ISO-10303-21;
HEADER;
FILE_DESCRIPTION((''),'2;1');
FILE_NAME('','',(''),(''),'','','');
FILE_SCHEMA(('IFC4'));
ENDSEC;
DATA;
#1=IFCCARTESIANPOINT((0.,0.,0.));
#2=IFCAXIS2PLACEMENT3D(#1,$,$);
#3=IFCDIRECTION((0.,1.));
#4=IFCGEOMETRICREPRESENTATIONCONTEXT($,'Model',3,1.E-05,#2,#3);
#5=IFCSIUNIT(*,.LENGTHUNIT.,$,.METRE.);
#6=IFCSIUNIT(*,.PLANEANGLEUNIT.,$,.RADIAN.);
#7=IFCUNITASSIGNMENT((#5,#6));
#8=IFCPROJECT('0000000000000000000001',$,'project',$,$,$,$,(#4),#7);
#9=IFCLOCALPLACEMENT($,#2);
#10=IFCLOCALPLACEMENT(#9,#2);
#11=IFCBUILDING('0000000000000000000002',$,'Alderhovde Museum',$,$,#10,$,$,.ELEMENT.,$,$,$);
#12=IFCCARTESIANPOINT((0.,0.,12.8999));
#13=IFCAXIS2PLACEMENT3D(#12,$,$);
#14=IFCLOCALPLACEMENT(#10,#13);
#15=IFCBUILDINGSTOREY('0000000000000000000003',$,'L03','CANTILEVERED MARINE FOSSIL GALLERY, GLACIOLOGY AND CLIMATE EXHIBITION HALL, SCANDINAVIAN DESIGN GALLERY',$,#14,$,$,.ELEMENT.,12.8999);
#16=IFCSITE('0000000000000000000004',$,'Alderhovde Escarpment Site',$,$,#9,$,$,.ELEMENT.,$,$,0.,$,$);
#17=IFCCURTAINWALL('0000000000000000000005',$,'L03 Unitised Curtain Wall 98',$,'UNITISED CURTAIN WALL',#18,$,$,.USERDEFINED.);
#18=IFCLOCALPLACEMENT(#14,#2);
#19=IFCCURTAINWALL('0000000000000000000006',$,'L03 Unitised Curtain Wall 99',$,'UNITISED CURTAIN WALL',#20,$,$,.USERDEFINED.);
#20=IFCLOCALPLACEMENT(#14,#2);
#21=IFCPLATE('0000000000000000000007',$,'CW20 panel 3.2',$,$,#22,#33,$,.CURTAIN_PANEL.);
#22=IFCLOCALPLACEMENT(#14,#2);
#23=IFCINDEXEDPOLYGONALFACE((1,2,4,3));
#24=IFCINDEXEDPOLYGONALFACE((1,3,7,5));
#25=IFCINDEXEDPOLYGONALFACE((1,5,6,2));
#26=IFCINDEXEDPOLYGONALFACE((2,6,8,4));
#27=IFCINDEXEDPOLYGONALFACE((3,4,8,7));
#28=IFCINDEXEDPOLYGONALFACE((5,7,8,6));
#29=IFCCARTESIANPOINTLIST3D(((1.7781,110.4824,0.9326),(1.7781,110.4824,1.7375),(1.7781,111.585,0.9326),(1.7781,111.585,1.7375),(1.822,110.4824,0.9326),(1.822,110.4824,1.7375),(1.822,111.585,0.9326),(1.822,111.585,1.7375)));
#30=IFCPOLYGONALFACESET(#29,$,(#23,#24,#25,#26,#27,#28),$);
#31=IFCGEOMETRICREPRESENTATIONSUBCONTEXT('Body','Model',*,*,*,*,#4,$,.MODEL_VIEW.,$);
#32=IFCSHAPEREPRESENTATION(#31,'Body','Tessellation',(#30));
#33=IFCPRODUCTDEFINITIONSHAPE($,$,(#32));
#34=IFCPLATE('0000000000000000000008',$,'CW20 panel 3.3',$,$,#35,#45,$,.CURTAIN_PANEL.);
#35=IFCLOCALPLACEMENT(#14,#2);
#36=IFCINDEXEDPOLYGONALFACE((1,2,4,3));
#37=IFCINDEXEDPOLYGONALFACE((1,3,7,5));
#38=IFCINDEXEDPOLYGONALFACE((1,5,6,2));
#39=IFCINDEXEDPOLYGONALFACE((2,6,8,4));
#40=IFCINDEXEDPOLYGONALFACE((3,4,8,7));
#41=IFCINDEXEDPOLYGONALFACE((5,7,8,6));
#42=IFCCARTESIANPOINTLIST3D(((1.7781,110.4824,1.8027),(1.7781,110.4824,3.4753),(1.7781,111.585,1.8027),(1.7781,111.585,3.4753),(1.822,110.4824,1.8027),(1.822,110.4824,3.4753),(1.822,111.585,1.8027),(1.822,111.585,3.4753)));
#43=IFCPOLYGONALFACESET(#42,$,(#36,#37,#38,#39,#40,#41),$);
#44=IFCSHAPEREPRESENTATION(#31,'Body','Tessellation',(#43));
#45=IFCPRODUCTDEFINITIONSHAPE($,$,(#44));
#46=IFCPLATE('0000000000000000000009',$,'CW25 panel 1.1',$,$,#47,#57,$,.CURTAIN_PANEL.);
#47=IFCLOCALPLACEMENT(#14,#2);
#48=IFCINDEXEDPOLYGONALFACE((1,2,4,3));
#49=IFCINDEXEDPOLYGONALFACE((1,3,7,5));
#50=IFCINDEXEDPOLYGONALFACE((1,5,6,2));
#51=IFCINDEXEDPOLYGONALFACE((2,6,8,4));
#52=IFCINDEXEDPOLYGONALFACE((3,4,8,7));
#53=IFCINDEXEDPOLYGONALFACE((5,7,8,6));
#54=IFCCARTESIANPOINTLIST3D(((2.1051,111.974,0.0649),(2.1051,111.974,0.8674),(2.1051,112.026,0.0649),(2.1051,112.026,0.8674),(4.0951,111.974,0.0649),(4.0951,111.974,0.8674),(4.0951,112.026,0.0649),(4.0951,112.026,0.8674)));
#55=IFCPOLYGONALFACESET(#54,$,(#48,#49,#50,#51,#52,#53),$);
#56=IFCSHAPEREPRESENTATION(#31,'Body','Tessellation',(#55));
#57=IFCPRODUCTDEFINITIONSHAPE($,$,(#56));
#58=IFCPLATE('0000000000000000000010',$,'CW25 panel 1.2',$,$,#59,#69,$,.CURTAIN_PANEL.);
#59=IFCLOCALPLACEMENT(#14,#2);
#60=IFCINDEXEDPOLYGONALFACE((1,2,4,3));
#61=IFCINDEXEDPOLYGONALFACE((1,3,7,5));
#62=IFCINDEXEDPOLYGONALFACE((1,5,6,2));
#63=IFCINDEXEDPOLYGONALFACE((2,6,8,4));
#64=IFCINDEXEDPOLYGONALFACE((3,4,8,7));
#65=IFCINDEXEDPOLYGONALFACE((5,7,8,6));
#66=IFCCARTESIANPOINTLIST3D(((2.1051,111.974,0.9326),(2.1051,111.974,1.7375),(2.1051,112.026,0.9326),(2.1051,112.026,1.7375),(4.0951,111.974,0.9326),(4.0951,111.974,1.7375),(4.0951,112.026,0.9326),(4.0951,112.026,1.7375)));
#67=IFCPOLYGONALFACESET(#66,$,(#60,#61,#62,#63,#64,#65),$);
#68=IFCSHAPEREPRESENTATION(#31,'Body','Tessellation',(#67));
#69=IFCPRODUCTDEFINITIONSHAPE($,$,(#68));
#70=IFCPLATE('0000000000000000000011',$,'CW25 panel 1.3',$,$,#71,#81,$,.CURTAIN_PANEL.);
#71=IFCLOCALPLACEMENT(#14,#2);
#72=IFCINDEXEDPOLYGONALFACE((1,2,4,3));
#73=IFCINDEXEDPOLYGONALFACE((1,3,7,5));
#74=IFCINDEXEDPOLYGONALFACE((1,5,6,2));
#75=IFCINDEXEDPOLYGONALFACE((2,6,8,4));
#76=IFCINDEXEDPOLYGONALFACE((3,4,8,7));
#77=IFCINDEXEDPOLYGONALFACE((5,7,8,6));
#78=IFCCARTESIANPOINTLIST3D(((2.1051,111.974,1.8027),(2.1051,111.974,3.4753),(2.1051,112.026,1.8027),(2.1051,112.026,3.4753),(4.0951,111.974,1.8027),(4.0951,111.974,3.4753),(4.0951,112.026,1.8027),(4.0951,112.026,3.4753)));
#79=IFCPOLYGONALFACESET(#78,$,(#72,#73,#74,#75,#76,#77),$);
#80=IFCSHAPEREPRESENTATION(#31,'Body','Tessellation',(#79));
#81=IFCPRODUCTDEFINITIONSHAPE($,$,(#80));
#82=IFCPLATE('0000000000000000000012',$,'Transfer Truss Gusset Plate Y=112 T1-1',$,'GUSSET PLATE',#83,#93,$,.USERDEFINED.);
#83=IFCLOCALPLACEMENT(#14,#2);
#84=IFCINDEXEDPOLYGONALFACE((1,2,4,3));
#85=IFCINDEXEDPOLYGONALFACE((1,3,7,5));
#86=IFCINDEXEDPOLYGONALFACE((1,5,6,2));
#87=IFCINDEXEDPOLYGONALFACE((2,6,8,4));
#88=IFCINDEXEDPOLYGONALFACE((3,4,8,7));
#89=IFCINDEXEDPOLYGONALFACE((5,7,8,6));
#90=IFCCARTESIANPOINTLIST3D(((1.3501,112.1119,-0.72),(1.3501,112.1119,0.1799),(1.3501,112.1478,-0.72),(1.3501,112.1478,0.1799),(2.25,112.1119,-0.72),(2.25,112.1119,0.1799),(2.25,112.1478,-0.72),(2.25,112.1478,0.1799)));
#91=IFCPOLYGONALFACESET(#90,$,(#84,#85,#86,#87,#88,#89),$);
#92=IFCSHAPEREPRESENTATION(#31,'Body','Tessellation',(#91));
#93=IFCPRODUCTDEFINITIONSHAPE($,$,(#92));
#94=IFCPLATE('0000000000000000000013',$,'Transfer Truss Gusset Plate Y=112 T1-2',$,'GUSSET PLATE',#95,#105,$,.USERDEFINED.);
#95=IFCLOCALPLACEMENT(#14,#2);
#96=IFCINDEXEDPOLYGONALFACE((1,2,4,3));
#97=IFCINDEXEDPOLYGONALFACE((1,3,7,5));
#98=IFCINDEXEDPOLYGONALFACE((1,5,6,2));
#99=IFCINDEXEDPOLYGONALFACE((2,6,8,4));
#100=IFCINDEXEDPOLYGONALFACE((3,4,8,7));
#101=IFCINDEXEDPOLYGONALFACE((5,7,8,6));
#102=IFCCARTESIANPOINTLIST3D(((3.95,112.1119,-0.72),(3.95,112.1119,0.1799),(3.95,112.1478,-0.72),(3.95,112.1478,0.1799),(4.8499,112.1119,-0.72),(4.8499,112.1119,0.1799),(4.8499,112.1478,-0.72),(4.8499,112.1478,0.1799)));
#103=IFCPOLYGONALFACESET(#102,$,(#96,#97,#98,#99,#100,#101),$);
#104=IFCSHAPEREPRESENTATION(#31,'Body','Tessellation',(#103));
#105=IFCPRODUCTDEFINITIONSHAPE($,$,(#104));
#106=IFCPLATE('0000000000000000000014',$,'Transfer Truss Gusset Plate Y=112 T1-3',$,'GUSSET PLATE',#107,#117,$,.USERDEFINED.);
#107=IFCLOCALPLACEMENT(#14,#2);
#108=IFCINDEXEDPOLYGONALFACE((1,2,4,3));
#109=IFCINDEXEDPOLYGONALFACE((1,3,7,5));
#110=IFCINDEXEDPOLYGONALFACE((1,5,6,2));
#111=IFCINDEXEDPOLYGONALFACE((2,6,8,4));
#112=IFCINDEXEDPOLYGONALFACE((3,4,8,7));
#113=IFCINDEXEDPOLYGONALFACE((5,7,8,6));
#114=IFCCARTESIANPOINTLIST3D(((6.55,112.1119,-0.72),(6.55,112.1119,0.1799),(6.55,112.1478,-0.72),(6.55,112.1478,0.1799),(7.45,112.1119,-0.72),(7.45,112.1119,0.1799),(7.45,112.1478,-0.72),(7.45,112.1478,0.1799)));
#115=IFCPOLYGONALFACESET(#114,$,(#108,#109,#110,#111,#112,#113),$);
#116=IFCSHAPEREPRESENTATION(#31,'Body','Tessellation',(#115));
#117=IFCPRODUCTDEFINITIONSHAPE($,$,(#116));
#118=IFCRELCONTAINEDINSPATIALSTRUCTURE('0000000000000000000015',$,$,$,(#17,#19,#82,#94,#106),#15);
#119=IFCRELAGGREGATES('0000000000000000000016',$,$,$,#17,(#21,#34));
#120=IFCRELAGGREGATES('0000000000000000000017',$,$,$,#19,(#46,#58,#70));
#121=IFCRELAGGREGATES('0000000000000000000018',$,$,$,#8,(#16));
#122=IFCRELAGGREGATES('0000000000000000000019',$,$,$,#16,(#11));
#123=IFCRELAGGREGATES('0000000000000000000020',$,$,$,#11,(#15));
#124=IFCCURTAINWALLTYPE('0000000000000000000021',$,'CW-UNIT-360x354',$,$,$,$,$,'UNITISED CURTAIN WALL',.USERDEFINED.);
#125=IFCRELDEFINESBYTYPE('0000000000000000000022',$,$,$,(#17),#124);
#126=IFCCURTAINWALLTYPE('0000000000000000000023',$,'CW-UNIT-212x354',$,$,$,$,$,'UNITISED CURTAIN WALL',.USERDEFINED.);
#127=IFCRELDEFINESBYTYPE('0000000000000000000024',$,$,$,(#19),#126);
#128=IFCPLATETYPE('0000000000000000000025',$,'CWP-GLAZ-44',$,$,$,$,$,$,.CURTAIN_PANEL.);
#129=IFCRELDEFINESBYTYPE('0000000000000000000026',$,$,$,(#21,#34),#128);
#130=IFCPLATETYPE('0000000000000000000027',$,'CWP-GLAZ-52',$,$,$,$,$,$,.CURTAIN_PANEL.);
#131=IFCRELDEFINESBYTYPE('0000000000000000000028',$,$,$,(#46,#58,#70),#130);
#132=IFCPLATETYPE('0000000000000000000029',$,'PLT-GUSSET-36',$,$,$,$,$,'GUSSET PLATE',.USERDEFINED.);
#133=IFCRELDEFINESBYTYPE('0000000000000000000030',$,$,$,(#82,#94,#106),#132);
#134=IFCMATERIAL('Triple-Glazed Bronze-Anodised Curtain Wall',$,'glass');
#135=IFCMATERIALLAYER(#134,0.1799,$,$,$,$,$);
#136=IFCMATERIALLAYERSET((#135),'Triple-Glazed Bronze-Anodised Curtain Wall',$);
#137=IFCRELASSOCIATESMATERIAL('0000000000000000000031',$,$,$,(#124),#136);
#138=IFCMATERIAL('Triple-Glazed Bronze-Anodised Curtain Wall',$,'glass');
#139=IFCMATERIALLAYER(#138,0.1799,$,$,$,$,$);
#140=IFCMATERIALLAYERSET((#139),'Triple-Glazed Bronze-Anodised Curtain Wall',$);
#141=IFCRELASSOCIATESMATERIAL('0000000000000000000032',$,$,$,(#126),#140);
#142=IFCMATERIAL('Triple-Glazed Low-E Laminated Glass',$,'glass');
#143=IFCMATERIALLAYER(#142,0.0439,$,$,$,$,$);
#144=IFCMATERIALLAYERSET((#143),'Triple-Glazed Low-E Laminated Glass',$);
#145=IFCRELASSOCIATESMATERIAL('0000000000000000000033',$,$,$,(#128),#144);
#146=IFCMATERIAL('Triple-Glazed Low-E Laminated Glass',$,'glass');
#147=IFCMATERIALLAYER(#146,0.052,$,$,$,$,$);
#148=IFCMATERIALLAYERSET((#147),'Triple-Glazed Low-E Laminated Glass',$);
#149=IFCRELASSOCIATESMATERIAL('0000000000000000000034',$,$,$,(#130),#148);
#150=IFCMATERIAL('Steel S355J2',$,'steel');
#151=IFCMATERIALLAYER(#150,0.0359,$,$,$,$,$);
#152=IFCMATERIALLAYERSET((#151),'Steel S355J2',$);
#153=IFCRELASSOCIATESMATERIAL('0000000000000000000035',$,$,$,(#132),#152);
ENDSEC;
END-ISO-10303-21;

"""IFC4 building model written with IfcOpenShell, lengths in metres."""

from ifc_helpers import new_model, si_unit, direction, frame, origin, origin_2d, place, context, subcontext, project, spatial, rectangle, extrude, material, layer, layer_set, type_object, element, aggregate, save


model = new_model("IFC4")

# Units and contexts
model_context = context("Model", 3, precision=1e-05, world=origin(), true_north=direction((0.0, 1.0)))
body_context = subcontext(model_context, "Body", "Model", "MODEL_VIEW")
ifc_project = project(units=[si_unit("LENGTHUNIT", "METRE"), si_unit("PLANEANGLEUNIT", "RADIAN")], contexts=[model_context])

# Site, building, storey
site_placement = place(None, origin())
site = spatial("IfcSite", under=ifc_project, at=site_placement, Name="Alderhovde Escarpment Site", CompositionType="ELEMENT", RefElevation=0.0)
building_placement = place(site_placement, origin())
building = spatial("IfcBuilding", under=site, at=building_placement, Name="Alderhovde Museum", CompositionType="ELEMENT")
storey_placement = place(building_placement, frame((0.0, 0.0, 12.8999)))
storey = spatial("IfcBuildingStorey", under=building, at=storey_placement, Name="L03", Description="CANTILEVERED MARINE FOSSIL GALLERY, GLACIOLOGY AND CLIMATE EXHIBITION HALL, SCANDINAVIAN DESIGN GALLERY", CompositionType="ELEMENT", Elevation=12.8999)

# Curtain wall
ifc_material_1 = material(Name="Triple-Glazed Bronze-Anodised Curtain Wall", Category="glass")
ifc_layer_1 = layer(ifc_material_1, 0.1799)
ifc_layer_set_1 = layer_set([ifc_layer_1], Name="Triple-Glazed Bronze-Anodised Curtain Wall")
curtain_wall_type_1 = type_object("IfcCurtainWallType", Name="CW-UNIT-360x354", ElementType="UNITISED CURTAIN WALL", PredefinedType="USERDEFINED", material=ifc_layer_set_1)
curtain_wall_1_placement = place(storey_placement, origin())
curtain_wall_1 = element("IfcCurtainWall", 1, at=curtain_wall_1_placement, inside=storey, type_object=curtain_wall_type_1, Name="L03 Unitised Curtain Wall 98", ObjectType="UNITISED CURTAIN WALL", PredefinedType="USERDEFINED")

# Curtain wall
ifc_material_2 = material(Name="Triple-Glazed Bronze-Anodised Curtain Wall", Category="glass")
ifc_layer_2 = layer(ifc_material_2, 0.1799)
ifc_layer_set_2 = layer_set([ifc_layer_2], Name="Triple-Glazed Bronze-Anodised Curtain Wall")
curtain_wall_type_2 = type_object("IfcCurtainWallType", Name="CW-UNIT-212x354", ElementType="UNITISED CURTAIN WALL", PredefinedType="USERDEFINED", material=ifc_layer_set_2)
curtain_wall_2_placement = place(storey_placement, origin())
curtain_wall_2 = element("IfcCurtainWall", 2, at=curtain_wall_2_placement, inside=storey, type_object=curtain_wall_type_2, Name="L03 Unitised Curtain Wall 99", ObjectType="UNITISED CURTAIN WALL", PredefinedType="USERDEFINED")

# Plates
ifc_material_3 = material(Name="Triple-Glazed Low-E Laminated Glass", Category="glass")
ifc_layer_3 = layer(ifc_material_3, 0.0439)
ifc_layer_set_3 = layer_set([ifc_layer_3], Name="Triple-Glazed Low-E Laminated Glass")
plate_type_1 = type_object("IfcPlateType", Name="CWP-GLAZ-44", PredefinedType="CURTAIN_PANEL", material=ifc_layer_set_3)
plate_1_placement = place(storey_placement, frame((1.8, 111.0337, 0.9326), z_axis=(0.0, 0.0, 1.0), x_axis=(0.0, 1.0, 0.0)))
plate_1 = element("IfcPlate", 3, at=plate_1_placement, type_object=plate_type_1, Name="CW20 panel 3.2", PredefinedType="CURTAIN_PANEL", context=body_context, shape_type="SweptSolid", body=[
    extrude(rectangle(XDim=1.1025, YDim=0.0439, at=origin_2d()), origin(), (0.0, 0.0, 1.0), 0.8049),
])
plate_2_placement = place(storey_placement, frame((1.8, 111.0337, 1.8027), z_axis=(0.0, 0.0, 1.0), x_axis=(0.0, 1.0, 0.0)))
plate_2 = element("IfcPlate", 4, at=plate_2_placement, type_object=plate_type_1, Name="CW20 panel 3.3", PredefinedType="CURTAIN_PANEL", context=body_context, shape_type="SweptSolid", body=[
    extrude(rectangle(XDim=1.1025, YDim=0.0439, at=origin_2d()), origin(), (0.0, 0.0, 1.0), 1.6726),
])
aggregate(curtain_wall_1, [plate_1, plate_2])
ifc_material_4 = material(Name="Triple-Glazed Low-E Laminated Glass", Category="glass")
ifc_layer_4 = layer(ifc_material_4, 0.052)
ifc_layer_set_4 = layer_set([ifc_layer_4], Name="Triple-Glazed Low-E Laminated Glass")
plate_type_2 = type_object("IfcPlateType", Name="CWP-GLAZ-52", PredefinedType="CURTAIN_PANEL", material=ifc_layer_set_4)
plate_3_placement = place(storey_placement, frame((3.1001, 112.0, 0.0649), z_axis=(0.0, 0.0, 1.0), x_axis=(1.0, 0.0, 0.0)))
plate_3 = element("IfcPlate", 5, at=plate_3_placement, type_object=plate_type_2, Name="CW25 panel 1.1", PredefinedType="CURTAIN_PANEL", context=body_context, shape_type="SweptSolid", body=[
    extrude(rectangle(XDim=1.99, YDim=0.052, at=origin_2d()), origin(), (0.0, 0.0, 1.0), 0.8025),
])
plate_4_placement = place(storey_placement, frame((3.1001, 112.0, 0.9326), z_axis=(0.0, 0.0, 1.0), x_axis=(1.0, 0.0, 0.0)))
plate_4 = element("IfcPlate", 6, at=plate_4_placement, type_object=plate_type_2, Name="CW25 panel 1.2", PredefinedType="CURTAIN_PANEL", context=body_context, shape_type="SweptSolid", body=[
    extrude(rectangle(XDim=1.99, YDim=0.052, at=origin_2d()), origin(), (0.0, 0.0, 1.0), 0.8049),
])
plate_5_placement = place(storey_placement, frame((3.1001, 112.0, 1.8027), z_axis=(0.0, 0.0, 1.0), x_axis=(1.0, 0.0, 0.0)))
plate_5 = element("IfcPlate", 7, at=plate_5_placement, type_object=plate_type_2, Name="CW25 panel 1.3", PredefinedType="CURTAIN_PANEL", context=body_context, shape_type="SweptSolid", body=[
    extrude(rectangle(XDim=1.99, YDim=0.052, at=origin_2d()), origin(), (0.0, 0.0, 1.0), 1.6726),
])
aggregate(curtain_wall_2, [plate_3, plate_4, plate_5])

# Plates
ifc_material_5 = material(Name="Steel S355J2", Category="steel")
ifc_layer_5 = layer(ifc_material_5, 0.0359)
ifc_layer_set_5 = layer_set([ifc_layer_5], Name="Steel S355J2")
plate_type_3 = type_object("IfcPlateType", Name="PLT-GUSSET-36", ElementType="GUSSET PLATE", PredefinedType="USERDEFINED", material=ifc_layer_set_5)
for number, where, z_axis, x_axis, name in (
    (8, (1.8, 112.1299, -0.72), (0.0, 0.0, 1.0), (1.0, 0.0, 0.0), "Transfer Truss Gusset Plate Y=112 T1-1"),
    (9, (4.3999, 112.1299, -0.72), (0.0, 0.0, 1.0), (1.0, 0.0, 0.0), "Transfer Truss Gusset Plate Y=112 T1-2"),
    (10, (7.0, 112.1299, -0.72), (0.0, 0.0, 1.0), (1.0, 0.0, 0.0), "Transfer Truss Gusset Plate Y=112 T1-3"),
):
    element("IfcPlate", number, at=place(storey_placement, frame(where, z_axis=z_axis, x_axis=x_axis)), inside=storey, type_object=plate_type_3, Name=name, ObjectType="GUSSET PLATE", PredefinedType="USERDEFINED", context=body_context, shape_type="SweptSolid", body=[
        extrude(rectangle(XDim=0.8999, YDim=0.0359, at=origin_2d()), origin(), (0.0, 0.0, 1.0), 0.8999),
    ])

save(model, "model.ifc")
